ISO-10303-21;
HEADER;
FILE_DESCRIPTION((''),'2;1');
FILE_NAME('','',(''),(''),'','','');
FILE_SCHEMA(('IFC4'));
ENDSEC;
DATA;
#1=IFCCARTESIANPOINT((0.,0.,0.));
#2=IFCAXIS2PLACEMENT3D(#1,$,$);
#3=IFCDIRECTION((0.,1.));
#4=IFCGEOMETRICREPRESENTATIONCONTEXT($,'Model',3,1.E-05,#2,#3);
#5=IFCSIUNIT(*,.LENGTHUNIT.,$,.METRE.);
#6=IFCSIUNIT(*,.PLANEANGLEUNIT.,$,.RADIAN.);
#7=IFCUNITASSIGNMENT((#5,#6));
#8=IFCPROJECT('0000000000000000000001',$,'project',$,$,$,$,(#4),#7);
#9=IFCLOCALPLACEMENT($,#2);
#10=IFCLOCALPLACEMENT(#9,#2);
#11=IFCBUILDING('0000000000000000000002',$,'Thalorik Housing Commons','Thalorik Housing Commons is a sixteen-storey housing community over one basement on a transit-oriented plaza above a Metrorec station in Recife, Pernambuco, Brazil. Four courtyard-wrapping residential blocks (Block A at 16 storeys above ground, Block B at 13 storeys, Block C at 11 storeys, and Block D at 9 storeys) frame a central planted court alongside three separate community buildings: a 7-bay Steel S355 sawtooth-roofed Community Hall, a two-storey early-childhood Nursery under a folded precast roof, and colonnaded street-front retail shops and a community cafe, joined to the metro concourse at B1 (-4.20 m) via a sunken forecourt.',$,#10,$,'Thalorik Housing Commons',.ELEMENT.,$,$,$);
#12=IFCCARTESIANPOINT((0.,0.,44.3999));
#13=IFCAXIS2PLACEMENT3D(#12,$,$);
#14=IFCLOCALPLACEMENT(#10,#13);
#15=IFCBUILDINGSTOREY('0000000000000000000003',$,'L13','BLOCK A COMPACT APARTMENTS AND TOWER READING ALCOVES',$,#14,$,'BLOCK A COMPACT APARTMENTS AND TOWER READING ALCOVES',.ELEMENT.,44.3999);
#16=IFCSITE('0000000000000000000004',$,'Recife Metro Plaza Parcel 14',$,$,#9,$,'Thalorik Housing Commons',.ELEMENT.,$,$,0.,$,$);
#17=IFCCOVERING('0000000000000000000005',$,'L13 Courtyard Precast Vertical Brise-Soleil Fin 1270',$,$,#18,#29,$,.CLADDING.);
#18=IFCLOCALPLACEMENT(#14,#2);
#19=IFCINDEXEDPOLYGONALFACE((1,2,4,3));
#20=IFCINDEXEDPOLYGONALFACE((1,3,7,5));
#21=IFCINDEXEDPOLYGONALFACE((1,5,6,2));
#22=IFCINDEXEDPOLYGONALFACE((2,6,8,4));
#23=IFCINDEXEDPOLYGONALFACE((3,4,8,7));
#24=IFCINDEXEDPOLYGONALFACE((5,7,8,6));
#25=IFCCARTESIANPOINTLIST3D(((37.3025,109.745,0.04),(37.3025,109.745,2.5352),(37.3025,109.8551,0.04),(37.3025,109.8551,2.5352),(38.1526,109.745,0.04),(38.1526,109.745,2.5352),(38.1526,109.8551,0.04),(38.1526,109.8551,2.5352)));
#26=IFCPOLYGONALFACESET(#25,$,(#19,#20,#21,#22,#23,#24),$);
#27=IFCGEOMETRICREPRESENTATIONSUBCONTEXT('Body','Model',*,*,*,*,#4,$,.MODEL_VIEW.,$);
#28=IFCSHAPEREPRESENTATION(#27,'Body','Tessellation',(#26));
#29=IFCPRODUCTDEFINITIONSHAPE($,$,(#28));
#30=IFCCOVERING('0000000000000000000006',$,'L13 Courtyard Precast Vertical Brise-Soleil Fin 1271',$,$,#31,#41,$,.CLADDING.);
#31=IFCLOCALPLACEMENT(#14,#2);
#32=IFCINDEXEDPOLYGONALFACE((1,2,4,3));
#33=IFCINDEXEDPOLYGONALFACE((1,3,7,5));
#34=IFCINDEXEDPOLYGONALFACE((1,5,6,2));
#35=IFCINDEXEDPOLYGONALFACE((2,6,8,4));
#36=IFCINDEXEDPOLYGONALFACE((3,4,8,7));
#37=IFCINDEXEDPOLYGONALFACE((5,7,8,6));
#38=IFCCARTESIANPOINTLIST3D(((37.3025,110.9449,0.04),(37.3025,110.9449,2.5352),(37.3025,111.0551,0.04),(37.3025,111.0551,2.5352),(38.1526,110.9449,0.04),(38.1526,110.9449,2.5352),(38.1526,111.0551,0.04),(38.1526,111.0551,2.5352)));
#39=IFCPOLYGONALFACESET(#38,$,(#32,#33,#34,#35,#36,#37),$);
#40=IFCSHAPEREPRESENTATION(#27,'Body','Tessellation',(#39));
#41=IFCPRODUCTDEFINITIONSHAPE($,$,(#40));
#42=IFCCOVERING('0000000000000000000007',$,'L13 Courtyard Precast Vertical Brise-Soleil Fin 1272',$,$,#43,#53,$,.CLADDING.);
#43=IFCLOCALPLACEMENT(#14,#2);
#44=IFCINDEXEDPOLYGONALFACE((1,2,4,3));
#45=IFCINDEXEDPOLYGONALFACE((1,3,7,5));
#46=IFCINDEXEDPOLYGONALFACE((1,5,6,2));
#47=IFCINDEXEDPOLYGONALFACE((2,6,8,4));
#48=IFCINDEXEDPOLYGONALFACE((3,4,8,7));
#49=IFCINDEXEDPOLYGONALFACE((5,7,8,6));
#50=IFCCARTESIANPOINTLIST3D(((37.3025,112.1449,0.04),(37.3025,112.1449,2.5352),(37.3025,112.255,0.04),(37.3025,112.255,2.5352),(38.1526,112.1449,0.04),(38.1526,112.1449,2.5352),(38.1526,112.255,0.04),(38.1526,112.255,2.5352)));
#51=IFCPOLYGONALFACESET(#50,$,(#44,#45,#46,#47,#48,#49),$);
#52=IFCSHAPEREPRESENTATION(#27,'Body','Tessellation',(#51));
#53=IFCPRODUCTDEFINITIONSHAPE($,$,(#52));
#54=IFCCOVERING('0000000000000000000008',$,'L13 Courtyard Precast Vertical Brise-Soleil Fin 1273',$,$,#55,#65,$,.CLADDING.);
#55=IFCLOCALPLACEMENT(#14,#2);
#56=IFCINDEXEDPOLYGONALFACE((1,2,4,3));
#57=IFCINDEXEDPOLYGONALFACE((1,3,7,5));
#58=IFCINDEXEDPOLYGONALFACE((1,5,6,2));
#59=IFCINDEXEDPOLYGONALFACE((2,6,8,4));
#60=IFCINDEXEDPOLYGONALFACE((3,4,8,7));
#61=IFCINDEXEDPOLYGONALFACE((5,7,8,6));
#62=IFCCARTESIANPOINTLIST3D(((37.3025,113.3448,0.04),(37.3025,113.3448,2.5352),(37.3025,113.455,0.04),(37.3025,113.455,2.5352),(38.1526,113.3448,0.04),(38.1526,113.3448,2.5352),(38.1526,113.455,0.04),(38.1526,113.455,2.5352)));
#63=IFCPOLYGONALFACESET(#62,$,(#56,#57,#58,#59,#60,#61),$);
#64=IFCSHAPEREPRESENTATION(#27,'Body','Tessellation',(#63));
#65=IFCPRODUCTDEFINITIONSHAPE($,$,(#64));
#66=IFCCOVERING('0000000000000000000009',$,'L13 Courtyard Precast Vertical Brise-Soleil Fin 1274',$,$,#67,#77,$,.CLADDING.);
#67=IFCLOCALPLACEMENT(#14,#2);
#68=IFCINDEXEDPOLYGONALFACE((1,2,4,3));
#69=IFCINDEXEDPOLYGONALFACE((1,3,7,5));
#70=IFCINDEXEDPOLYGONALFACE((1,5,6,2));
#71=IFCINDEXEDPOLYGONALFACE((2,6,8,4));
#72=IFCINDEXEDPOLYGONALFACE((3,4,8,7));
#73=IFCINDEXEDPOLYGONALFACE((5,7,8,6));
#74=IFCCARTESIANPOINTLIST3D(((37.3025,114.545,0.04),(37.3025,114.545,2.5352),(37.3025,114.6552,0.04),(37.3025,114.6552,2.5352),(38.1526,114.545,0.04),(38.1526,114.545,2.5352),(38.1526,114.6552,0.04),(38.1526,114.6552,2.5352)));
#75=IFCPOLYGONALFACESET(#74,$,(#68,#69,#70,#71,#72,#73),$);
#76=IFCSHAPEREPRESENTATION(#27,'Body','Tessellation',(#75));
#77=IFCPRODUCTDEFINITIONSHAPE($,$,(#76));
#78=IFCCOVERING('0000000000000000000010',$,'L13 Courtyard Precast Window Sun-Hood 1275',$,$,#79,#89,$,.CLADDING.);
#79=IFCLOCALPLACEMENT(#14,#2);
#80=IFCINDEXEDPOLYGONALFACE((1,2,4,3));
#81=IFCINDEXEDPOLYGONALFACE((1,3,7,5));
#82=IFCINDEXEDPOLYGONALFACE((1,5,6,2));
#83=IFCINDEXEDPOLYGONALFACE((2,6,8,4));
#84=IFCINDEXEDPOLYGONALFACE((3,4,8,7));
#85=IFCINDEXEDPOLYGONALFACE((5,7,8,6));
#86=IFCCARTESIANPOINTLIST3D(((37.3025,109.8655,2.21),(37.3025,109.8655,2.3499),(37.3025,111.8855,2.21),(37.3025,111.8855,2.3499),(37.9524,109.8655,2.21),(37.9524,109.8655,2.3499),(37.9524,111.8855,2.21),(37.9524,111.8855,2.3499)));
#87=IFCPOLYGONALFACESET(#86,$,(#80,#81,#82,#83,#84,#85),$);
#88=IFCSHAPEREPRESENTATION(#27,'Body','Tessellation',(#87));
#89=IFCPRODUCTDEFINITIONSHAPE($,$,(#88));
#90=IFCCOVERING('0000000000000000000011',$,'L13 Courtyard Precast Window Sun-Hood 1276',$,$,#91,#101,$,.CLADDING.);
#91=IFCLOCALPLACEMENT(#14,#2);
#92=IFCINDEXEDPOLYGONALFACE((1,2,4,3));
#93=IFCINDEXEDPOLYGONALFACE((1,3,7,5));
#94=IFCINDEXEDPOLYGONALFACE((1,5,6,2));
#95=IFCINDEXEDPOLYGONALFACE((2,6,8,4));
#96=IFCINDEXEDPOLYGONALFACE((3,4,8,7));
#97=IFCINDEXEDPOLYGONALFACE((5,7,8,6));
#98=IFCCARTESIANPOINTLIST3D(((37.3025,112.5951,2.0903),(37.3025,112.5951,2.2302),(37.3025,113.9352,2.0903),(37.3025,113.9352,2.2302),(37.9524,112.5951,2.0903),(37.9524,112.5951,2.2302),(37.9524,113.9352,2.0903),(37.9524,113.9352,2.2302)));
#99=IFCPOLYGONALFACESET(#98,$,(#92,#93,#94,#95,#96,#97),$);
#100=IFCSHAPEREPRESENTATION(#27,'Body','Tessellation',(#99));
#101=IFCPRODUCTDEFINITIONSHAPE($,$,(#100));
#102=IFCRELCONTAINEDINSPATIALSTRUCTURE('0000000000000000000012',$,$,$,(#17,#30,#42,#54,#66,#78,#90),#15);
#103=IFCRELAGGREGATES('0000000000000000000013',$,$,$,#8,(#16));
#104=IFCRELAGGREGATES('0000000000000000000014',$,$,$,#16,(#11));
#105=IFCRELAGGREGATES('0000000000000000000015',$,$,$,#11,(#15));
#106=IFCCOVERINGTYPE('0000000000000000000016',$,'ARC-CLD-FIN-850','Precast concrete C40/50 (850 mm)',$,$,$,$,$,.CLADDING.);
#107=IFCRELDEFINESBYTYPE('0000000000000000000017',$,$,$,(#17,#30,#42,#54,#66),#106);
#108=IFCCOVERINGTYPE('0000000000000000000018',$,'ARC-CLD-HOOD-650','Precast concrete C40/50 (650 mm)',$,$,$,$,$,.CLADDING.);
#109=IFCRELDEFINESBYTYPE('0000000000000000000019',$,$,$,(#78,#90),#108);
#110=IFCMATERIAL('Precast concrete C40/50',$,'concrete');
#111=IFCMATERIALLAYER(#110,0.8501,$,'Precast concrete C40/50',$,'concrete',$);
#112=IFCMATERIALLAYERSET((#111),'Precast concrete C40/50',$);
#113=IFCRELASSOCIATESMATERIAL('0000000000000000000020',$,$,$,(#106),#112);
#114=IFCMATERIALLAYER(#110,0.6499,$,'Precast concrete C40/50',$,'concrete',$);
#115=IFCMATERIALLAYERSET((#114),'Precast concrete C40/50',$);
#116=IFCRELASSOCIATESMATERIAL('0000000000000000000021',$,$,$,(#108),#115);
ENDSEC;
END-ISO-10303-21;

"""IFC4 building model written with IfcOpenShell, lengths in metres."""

from ifc_helpers import new_model, si_unit, direction, frame, origin, origin_2d, place, context, subcontext, project, spatial, rectangle, extrude, material, layer, layer_set, type_object, element, save


model = new_model("IFC4")

# Units and contexts
model_context = context("Model", 3, precision=1e-05, world=origin(), true_north=direction((0.0, 1.0)))
body_context = subcontext(model_context, "Body", "Model", "MODEL_VIEW")
ifc_project = project(units=[si_unit("LENGTHUNIT", "METRE"), si_unit("PLANEANGLEUNIT", "RADIAN")], contexts=[model_context])

# Site, building, storey
site_placement = place(None, origin())
site = spatial("IfcSite", under=ifc_project, at=site_placement, Name="Recife Metro Plaza Parcel 14", LongName="Thalorik Housing Commons", CompositionType="ELEMENT", RefElevation=0.0)
building_placement = place(site_placement, origin())
building = spatial("IfcBuilding", under=site, at=building_placement, Name="Thalorik Housing Commons", Description="Thalorik Housing Commons is a sixteen-storey housing community over one basement on a transit-oriented plaza above a Metrorec station in Recife, Pernambuco, Brazil. Four courtyard-wrapping residential blocks (Block A at 16 storeys above ground, Block B at 13 storeys, Block C at 11 storeys, and Block D at 9 storeys) frame a central planted court alongside three separate community buildings: a 7-bay Steel S355 sawtooth-roofed Community Hall, a two-storey early-childhood Nursery under a folded precast roof, and colonnaded street-front retail shops and a community cafe, joined to the metro concourse at B1 (-4.20 m) via a sunken forecourt.", LongName="Thalorik Housing Commons", CompositionType="ELEMENT")
storey_placement = place(building_placement, frame((0.0, 0.0, 44.3999)))
storey = spatial("IfcBuildingStorey", under=building, at=storey_placement, Name="L13", Description="BLOCK A COMPACT APARTMENTS AND TOWER READING ALCOVES", LongName="BLOCK A COMPACT APARTMENTS AND TOWER READING ALCOVES", CompositionType="ELEMENT", Elevation=44.3999)

# Shared definitions
ifc_material_1 = material(Name="Precast concrete C40/50", Category="concrete")

# Coverings
ifc_layer_1 = layer(ifc_material_1, 0.8501, Name="Precast concrete C40/50", Category="concrete")
ifc_layer_set_1 = layer_set([ifc_layer_1], Name="Precast concrete C40/50")
covering_type_1 = type_object("IfcCoveringType", Name="ARC-CLD-FIN-850", Description="Precast concrete C40/50 (850 mm)", PredefinedType="CLADDING", material=ifc_layer_set_1)
for number, where, z_axis, x_axis, name in (
    (1, (37.7275, 109.8, 0.04), (0.0, 0.0, 1.0), (0.0, 1.0, 0.0), "L13 Courtyard Precast Vertical Brise-Soleil Fin 1270"),
    (2, (37.7275, 111.0, 0.04), (0.0, 0.0, 1.0), (0.0, 1.0, 0.0), "L13 Courtyard Precast Vertical Brise-Soleil Fin 1271"),
    (3, (37.7275, 112.2, 0.04), (0.0, 0.0, 1.0), (0.0, 1.0, 0.0), "L13 Courtyard Precast Vertical Brise-Soleil Fin 1272"),
    (4, (37.7275, 113.3999, 0.04), (0.0, 0.0, 1.0), (0.0, 1.0, 0.0), "L13 Courtyard Precast Vertical Brise-Soleil Fin 1273"),
    (5, (37.7275, 114.6001, 0.04), (0.0, 0.0, 1.0), (0.0, 1.0, 0.0), "L13 Courtyard Precast Vertical Brise-Soleil Fin 1274"),
):
    element("IfcCovering", number, at=place(storey_placement, frame(where, z_axis=z_axis, x_axis=x_axis)), inside=storey, type_object=covering_type_1, Name=name, PredefinedType="CLADDING", context=body_context, shape_type="SweptSolid", body=[
        extrude(rectangle(XDim=0.1101, YDim=0.8501, at=origin_2d()), origin(), (0.0, 0.0, 1.0), 2.4951),
    ])
ifc_layer_2 = layer(ifc_material_1, 0.6499, Name="Precast concrete C40/50", Category="concrete")
ifc_layer_set_2 = layer_set([ifc_layer_2], Name="Precast concrete C40/50")
covering_type_2 = type_object("IfcCoveringType", Name="ARC-CLD-HOOD-650", Description="Precast concrete C40/50 (650 mm)", PredefinedType="CLADDING", material=ifc_layer_set_2)
covering_1_placement = place(storey_placement, frame((37.6274, 110.8755, 2.21), z_axis=(0.0, 0.0, 1.0), x_axis=(0.0, 1.0, 0.0)))
element("IfcCovering", 6, at=covering_1_placement, inside=storey, type_object=covering_type_2, Name="L13 Courtyard Precast Window Sun-Hood 1275", PredefinedType="CLADDING", context=body_context, shape_type="SweptSolid", body=[
    extrude(rectangle(XDim=2.02, YDim=0.6499, at=origin_2d()), origin(), (0.0, 0.0, 1.0), 0.1399),
])
covering_2_placement = place(storey_placement, frame((37.6274, 113.2651, 2.0903), z_axis=(0.0, 0.0, 1.0), x_axis=(0.0, 1.0, 0.0)))
element("IfcCovering", 7, at=covering_2_placement, inside=storey, type_object=covering_type_2, Name="L13 Courtyard Precast Window Sun-Hood 1276", PredefinedType="CLADDING", context=body_context, shape_type="SweptSolid", body=[
    extrude(rectangle(XDim=1.3401, YDim=0.6499, at=origin_2d()), origin(), (0.0, 0.0, 1.0), 0.1399),
])

save(model, "model.ifc")
